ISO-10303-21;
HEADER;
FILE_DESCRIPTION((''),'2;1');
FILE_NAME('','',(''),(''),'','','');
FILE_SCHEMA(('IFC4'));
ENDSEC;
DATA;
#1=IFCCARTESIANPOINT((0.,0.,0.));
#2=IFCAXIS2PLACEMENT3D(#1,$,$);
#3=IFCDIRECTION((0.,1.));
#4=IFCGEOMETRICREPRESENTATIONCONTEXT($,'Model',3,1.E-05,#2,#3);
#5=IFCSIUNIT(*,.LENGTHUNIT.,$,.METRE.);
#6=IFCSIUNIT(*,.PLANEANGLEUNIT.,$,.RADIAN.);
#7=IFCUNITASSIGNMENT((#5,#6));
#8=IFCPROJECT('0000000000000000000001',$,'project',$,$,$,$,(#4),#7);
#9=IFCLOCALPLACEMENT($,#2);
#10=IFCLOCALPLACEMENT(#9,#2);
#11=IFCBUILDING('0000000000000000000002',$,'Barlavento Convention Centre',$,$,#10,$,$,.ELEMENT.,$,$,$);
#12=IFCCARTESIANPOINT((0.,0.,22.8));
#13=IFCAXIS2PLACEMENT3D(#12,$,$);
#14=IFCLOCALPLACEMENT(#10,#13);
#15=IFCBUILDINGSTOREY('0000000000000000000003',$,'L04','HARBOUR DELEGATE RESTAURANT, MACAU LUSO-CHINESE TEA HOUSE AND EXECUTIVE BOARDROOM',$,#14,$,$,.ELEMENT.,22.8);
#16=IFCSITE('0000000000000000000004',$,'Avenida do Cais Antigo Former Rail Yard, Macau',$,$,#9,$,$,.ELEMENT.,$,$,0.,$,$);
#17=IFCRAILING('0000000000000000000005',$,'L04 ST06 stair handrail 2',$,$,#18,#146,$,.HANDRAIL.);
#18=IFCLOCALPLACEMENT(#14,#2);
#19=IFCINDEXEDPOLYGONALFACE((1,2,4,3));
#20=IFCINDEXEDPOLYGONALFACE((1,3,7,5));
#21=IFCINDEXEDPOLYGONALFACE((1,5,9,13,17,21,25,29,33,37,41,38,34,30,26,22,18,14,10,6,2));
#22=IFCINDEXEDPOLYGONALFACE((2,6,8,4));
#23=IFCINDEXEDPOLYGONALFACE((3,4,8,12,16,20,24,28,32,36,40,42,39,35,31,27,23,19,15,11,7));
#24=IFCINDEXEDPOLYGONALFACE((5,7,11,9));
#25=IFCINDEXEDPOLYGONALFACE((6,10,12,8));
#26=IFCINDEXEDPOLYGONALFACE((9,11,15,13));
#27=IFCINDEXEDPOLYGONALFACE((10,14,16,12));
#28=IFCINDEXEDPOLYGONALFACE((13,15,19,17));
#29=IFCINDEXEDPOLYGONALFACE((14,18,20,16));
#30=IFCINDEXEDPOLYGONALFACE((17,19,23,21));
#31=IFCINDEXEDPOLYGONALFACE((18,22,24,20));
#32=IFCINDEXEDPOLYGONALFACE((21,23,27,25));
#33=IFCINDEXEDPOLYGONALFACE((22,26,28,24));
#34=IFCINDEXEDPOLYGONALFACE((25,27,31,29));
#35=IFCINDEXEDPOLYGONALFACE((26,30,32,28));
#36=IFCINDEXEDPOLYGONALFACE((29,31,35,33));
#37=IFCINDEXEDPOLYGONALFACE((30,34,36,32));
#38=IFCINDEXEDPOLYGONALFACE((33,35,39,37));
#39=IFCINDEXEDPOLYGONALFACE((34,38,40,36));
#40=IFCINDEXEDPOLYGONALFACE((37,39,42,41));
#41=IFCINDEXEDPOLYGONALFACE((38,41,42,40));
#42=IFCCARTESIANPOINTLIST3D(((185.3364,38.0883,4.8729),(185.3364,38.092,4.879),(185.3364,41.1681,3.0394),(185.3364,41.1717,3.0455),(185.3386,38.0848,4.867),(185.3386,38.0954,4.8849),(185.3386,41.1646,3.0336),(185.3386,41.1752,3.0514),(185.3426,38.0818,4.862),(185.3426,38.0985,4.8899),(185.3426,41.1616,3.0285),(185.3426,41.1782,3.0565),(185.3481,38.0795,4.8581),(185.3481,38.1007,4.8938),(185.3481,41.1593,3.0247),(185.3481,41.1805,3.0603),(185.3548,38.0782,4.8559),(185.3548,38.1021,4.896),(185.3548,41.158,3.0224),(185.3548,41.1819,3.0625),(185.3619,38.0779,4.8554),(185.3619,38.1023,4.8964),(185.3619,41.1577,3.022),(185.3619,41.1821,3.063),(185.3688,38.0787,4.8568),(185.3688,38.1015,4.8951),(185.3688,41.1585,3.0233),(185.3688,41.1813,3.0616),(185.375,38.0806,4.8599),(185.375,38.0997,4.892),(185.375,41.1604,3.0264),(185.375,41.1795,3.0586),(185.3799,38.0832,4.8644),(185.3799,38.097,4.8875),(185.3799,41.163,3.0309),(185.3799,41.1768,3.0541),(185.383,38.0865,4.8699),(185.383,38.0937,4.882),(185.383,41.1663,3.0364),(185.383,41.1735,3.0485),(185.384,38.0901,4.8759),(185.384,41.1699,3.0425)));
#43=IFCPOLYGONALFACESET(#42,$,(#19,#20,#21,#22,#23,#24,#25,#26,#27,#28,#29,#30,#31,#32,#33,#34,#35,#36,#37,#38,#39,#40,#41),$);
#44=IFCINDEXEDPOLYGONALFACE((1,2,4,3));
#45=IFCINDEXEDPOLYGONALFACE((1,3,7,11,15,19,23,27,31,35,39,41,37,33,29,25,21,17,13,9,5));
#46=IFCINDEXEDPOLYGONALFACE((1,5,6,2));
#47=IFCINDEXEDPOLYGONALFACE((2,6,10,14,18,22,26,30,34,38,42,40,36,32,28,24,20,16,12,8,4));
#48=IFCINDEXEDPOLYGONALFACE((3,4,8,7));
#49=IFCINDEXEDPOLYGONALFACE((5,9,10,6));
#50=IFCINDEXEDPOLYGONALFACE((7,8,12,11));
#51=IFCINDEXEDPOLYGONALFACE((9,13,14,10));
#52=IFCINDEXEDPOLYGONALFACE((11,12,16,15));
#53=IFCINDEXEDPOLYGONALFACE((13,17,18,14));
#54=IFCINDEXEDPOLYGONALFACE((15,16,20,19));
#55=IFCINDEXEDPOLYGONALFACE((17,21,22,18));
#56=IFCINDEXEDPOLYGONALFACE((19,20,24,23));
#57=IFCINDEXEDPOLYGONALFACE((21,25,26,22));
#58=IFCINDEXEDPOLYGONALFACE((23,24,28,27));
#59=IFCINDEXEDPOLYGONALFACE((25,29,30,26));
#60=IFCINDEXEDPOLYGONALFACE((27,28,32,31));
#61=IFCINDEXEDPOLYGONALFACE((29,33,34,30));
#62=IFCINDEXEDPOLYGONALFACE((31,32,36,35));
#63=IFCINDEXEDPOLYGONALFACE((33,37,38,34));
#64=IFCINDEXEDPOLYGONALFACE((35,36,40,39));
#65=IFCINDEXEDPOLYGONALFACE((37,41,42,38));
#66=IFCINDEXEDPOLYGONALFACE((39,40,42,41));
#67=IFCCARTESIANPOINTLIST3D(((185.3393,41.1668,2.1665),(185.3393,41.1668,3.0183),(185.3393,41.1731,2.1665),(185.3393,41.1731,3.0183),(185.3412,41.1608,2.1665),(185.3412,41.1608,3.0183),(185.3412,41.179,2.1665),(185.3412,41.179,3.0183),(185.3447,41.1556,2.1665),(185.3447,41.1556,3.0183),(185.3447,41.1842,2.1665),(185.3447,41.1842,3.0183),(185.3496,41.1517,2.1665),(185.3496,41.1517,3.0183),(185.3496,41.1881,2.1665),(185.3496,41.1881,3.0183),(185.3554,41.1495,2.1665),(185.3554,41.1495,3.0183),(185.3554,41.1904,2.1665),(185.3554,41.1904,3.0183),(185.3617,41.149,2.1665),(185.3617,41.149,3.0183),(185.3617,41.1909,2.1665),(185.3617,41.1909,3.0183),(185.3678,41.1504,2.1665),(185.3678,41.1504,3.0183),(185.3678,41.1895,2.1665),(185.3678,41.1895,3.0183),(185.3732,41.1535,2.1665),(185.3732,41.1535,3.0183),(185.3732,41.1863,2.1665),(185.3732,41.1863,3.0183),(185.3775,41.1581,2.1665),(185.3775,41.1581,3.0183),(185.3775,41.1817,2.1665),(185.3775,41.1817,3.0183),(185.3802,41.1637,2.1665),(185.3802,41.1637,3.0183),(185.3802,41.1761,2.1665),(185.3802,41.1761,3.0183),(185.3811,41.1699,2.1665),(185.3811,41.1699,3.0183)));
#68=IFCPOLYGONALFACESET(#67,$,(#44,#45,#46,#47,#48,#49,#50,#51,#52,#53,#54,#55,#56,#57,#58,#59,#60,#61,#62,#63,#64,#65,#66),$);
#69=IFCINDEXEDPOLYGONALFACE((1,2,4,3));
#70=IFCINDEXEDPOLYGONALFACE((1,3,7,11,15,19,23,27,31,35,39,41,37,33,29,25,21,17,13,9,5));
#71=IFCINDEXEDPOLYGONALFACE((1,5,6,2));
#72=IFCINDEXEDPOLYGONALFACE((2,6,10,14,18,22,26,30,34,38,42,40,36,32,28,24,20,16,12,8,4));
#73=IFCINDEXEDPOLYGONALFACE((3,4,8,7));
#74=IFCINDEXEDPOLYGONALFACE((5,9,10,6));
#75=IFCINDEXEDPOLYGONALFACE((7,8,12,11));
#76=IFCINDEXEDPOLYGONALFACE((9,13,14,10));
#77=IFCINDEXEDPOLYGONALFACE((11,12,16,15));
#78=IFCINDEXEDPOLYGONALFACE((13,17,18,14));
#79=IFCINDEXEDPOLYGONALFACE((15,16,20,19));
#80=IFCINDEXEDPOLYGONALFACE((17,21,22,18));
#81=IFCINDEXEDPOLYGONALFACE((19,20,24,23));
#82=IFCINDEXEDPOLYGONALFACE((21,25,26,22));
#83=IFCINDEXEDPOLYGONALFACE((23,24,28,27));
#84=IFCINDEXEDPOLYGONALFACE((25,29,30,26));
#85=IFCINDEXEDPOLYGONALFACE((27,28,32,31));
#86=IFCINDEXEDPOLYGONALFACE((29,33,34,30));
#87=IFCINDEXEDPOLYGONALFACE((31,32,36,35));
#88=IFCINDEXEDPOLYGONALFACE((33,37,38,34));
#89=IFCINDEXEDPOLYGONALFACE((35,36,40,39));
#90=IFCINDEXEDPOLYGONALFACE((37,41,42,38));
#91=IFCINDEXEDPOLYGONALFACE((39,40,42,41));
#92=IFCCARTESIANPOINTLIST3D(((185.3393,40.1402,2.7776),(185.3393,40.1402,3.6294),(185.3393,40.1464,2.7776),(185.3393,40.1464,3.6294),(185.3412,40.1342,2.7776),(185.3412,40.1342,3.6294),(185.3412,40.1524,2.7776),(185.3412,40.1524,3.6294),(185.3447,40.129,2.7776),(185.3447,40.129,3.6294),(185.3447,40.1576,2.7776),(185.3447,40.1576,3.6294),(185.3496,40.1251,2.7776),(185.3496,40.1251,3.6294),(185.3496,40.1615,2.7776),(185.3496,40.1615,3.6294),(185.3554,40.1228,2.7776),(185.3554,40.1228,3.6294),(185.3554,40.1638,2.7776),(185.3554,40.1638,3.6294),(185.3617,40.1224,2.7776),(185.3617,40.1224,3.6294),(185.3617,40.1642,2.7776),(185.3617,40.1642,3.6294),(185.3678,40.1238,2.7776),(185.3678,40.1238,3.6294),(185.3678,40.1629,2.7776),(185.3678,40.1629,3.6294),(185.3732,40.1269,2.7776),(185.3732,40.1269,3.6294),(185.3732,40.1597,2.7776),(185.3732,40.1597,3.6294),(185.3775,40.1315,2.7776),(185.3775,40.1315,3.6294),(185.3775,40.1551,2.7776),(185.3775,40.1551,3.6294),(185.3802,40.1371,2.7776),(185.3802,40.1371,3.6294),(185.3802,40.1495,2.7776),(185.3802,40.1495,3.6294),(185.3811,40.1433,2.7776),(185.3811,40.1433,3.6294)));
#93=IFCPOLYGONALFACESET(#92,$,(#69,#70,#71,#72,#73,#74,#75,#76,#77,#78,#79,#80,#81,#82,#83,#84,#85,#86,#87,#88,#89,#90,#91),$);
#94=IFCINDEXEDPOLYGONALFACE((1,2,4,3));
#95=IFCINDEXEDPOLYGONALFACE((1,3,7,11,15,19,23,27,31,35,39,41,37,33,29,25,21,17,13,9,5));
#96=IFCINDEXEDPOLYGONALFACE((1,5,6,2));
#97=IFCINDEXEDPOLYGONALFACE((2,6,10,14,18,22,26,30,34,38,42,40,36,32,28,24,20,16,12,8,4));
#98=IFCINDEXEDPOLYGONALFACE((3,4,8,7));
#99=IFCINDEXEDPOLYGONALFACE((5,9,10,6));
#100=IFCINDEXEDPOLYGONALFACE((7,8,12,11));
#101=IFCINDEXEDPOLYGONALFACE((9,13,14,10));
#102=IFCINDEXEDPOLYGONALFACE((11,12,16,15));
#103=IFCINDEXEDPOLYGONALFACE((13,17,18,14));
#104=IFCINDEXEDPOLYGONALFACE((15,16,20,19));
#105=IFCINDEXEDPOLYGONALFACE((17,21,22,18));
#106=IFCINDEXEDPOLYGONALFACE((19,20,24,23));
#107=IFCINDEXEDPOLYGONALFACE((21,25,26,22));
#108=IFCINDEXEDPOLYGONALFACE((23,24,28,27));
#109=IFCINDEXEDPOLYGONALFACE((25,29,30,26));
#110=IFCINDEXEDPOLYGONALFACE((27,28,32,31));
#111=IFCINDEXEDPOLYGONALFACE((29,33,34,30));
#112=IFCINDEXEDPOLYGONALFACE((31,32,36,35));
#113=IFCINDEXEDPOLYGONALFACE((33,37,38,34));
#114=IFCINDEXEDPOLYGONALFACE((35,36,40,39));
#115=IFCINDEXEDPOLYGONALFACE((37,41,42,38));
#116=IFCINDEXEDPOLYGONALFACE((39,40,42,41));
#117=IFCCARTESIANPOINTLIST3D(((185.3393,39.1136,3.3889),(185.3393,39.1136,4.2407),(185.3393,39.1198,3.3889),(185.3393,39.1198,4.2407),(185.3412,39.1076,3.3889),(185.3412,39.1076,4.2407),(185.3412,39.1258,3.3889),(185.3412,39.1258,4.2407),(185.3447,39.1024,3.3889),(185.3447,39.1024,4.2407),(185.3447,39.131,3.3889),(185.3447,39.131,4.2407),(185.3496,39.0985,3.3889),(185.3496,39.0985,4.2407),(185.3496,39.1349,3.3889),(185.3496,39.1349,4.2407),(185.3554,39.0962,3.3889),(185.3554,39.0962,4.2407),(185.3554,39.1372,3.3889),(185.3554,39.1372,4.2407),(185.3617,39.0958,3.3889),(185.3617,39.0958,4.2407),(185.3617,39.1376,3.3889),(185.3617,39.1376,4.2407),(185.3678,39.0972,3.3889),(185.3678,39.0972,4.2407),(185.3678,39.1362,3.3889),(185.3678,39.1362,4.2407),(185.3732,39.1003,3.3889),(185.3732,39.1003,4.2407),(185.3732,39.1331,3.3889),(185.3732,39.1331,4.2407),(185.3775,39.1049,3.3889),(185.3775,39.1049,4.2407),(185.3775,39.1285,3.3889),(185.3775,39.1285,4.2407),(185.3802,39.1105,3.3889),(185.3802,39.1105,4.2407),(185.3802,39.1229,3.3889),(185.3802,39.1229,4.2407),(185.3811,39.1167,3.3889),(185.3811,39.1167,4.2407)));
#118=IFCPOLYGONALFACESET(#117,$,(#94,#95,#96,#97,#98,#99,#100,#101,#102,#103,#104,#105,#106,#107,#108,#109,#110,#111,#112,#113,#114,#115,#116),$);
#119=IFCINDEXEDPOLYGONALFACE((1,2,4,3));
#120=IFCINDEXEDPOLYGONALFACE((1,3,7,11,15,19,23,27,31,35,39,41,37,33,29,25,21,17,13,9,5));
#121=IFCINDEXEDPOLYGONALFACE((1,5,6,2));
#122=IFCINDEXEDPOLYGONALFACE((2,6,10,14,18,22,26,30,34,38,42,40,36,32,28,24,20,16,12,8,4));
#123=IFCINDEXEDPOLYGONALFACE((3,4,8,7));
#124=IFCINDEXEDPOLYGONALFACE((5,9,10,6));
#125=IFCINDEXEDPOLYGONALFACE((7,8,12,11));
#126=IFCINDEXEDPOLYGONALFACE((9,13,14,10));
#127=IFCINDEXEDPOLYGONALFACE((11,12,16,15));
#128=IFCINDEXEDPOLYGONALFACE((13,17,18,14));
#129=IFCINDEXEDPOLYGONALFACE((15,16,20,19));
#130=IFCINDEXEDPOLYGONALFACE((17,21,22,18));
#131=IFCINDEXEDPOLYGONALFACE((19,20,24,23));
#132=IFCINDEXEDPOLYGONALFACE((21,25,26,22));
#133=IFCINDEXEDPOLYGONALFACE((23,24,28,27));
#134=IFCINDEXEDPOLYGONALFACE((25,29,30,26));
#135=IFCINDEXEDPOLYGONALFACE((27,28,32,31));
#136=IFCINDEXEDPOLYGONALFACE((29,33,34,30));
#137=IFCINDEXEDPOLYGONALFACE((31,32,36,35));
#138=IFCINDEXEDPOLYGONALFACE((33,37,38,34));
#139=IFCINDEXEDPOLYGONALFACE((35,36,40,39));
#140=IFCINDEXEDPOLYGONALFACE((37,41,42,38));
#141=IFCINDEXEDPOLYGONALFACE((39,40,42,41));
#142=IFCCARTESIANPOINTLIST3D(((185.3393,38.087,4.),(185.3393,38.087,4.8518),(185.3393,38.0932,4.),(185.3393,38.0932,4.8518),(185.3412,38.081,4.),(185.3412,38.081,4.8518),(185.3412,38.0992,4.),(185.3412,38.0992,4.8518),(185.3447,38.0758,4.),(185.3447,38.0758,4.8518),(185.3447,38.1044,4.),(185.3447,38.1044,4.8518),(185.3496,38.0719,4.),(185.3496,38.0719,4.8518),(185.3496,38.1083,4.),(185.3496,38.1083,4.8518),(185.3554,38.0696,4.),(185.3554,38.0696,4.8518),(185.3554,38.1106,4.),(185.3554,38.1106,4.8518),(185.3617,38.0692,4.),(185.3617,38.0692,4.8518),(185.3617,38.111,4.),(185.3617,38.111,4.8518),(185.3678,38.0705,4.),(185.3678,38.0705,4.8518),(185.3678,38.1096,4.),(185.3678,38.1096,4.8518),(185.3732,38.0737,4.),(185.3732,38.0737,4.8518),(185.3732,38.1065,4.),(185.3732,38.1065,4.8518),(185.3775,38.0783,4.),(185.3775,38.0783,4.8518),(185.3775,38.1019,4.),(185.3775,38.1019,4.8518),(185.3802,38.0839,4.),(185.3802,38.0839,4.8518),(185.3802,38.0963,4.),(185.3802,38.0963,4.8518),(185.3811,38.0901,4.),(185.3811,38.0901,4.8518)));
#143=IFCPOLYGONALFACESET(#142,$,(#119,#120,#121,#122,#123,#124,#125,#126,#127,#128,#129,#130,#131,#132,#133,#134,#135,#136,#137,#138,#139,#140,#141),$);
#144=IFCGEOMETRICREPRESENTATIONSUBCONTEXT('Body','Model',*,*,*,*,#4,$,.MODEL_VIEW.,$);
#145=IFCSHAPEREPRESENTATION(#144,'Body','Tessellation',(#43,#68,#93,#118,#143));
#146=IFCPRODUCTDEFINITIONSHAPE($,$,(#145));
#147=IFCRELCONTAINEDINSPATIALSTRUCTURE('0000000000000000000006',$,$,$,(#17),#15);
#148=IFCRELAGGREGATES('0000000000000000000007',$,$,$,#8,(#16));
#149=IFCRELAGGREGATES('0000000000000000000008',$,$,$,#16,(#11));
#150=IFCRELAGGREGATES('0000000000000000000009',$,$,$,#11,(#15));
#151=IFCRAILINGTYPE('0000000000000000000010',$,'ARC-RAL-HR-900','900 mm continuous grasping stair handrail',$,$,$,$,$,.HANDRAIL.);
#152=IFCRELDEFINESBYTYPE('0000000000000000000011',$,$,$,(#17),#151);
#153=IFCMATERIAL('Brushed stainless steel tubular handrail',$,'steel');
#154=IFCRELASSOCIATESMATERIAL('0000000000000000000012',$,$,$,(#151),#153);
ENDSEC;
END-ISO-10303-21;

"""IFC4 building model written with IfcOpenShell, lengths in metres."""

from ifc_helpers import new_model, si_unit, direction, frame, origin, origin_2d, place, context, subcontext, project, spatial, circle, extrude, material, type_object, element, save


model = new_model("IFC4")

# Units and contexts
model_context = context("Model", 3, precision=1e-05, world=origin(), true_north=direction((0.0, 1.0)))
body_context = subcontext(model_context, "Body", "Model", "MODEL_VIEW")
ifc_project = project(units=[si_unit("LENGTHUNIT", "METRE"), si_unit("PLANEANGLEUNIT", "RADIAN")], contexts=[model_context])

# Site, building, storey
site_placement = place(None, origin())
site = spatial("IfcSite", under=ifc_project, at=site_placement, Name="Avenida do Cais Antigo Former Rail Yard, Macau", CompositionType="ELEMENT", RefElevation=0.0)
building_placement = place(site_placement, origin())
building = spatial("IfcBuilding", under=site, at=building_placement, Name="Barlavento Convention Centre", CompositionType="ELEMENT")
storey_placement = place(building_placement, frame((0.0, 0.0, 22.8)))
storey = spatial("IfcBuildingStorey", under=building, at=storey_placement, Name="L04", Description="HARBOUR DELEGATE RESTAURANT, MACAU LUSO-CHINESE TEA HOUSE AND EXECUTIVE BOARDROOM", CompositionType="ELEMENT", Elevation=22.8)

# Railing
ifc_material_1 = material(Name="Brushed stainless steel tubular handrail", Category="steel")
railing_type_1 = type_object("IfcRailingType", Name="ARC-RAL-HR-900", Description="900 mm continuous grasping stair handrail", PredefinedType="HANDRAIL", material=ifc_material_1)
railing_1_placement = place(storey_placement, frame((185.3601, 41.1699, 2.1665)))
element("IfcRailing", 1, at=railing_1_placement, inside=storey, type_object=railing_type_1, Name="L04 ST06 stair handrail 2", PredefinedType="HANDRAIL", context=body_context, shape_type="SweptSolid", body=[
    extrude(circle(Radius=0.0239, at=origin_2d()), frame((0.0, 0.0, 0.876), z_axis=(0.0, -0.859261, 0.511538), x_axis=(1.0, 0.0, 0.0)), (0.0, 0.0, 1.0), 3.5842),
    extrude(circle(Radius=0.021, at=origin_2d()), origin(), (0.0, 0.0, 1.0), 0.8518),
    extrude(circle(Radius=0.021, at=origin_2d()), frame((0.0, -1.0266, 0.6111)), (0.0, 0.0, 1.0), 0.8518),
    extrude(circle(Radius=0.021, at=origin_2d()), frame((0.0, -2.0532, 1.2224)), (0.0, 0.0, 1.0), 0.8518),
    extrude(circle(Radius=0.021, at=origin_2d()), frame((0.0, -3.0798, 1.8335)), (0.0, 0.0, 1.0), 0.8518),
])

save(model, "model.ifc")
